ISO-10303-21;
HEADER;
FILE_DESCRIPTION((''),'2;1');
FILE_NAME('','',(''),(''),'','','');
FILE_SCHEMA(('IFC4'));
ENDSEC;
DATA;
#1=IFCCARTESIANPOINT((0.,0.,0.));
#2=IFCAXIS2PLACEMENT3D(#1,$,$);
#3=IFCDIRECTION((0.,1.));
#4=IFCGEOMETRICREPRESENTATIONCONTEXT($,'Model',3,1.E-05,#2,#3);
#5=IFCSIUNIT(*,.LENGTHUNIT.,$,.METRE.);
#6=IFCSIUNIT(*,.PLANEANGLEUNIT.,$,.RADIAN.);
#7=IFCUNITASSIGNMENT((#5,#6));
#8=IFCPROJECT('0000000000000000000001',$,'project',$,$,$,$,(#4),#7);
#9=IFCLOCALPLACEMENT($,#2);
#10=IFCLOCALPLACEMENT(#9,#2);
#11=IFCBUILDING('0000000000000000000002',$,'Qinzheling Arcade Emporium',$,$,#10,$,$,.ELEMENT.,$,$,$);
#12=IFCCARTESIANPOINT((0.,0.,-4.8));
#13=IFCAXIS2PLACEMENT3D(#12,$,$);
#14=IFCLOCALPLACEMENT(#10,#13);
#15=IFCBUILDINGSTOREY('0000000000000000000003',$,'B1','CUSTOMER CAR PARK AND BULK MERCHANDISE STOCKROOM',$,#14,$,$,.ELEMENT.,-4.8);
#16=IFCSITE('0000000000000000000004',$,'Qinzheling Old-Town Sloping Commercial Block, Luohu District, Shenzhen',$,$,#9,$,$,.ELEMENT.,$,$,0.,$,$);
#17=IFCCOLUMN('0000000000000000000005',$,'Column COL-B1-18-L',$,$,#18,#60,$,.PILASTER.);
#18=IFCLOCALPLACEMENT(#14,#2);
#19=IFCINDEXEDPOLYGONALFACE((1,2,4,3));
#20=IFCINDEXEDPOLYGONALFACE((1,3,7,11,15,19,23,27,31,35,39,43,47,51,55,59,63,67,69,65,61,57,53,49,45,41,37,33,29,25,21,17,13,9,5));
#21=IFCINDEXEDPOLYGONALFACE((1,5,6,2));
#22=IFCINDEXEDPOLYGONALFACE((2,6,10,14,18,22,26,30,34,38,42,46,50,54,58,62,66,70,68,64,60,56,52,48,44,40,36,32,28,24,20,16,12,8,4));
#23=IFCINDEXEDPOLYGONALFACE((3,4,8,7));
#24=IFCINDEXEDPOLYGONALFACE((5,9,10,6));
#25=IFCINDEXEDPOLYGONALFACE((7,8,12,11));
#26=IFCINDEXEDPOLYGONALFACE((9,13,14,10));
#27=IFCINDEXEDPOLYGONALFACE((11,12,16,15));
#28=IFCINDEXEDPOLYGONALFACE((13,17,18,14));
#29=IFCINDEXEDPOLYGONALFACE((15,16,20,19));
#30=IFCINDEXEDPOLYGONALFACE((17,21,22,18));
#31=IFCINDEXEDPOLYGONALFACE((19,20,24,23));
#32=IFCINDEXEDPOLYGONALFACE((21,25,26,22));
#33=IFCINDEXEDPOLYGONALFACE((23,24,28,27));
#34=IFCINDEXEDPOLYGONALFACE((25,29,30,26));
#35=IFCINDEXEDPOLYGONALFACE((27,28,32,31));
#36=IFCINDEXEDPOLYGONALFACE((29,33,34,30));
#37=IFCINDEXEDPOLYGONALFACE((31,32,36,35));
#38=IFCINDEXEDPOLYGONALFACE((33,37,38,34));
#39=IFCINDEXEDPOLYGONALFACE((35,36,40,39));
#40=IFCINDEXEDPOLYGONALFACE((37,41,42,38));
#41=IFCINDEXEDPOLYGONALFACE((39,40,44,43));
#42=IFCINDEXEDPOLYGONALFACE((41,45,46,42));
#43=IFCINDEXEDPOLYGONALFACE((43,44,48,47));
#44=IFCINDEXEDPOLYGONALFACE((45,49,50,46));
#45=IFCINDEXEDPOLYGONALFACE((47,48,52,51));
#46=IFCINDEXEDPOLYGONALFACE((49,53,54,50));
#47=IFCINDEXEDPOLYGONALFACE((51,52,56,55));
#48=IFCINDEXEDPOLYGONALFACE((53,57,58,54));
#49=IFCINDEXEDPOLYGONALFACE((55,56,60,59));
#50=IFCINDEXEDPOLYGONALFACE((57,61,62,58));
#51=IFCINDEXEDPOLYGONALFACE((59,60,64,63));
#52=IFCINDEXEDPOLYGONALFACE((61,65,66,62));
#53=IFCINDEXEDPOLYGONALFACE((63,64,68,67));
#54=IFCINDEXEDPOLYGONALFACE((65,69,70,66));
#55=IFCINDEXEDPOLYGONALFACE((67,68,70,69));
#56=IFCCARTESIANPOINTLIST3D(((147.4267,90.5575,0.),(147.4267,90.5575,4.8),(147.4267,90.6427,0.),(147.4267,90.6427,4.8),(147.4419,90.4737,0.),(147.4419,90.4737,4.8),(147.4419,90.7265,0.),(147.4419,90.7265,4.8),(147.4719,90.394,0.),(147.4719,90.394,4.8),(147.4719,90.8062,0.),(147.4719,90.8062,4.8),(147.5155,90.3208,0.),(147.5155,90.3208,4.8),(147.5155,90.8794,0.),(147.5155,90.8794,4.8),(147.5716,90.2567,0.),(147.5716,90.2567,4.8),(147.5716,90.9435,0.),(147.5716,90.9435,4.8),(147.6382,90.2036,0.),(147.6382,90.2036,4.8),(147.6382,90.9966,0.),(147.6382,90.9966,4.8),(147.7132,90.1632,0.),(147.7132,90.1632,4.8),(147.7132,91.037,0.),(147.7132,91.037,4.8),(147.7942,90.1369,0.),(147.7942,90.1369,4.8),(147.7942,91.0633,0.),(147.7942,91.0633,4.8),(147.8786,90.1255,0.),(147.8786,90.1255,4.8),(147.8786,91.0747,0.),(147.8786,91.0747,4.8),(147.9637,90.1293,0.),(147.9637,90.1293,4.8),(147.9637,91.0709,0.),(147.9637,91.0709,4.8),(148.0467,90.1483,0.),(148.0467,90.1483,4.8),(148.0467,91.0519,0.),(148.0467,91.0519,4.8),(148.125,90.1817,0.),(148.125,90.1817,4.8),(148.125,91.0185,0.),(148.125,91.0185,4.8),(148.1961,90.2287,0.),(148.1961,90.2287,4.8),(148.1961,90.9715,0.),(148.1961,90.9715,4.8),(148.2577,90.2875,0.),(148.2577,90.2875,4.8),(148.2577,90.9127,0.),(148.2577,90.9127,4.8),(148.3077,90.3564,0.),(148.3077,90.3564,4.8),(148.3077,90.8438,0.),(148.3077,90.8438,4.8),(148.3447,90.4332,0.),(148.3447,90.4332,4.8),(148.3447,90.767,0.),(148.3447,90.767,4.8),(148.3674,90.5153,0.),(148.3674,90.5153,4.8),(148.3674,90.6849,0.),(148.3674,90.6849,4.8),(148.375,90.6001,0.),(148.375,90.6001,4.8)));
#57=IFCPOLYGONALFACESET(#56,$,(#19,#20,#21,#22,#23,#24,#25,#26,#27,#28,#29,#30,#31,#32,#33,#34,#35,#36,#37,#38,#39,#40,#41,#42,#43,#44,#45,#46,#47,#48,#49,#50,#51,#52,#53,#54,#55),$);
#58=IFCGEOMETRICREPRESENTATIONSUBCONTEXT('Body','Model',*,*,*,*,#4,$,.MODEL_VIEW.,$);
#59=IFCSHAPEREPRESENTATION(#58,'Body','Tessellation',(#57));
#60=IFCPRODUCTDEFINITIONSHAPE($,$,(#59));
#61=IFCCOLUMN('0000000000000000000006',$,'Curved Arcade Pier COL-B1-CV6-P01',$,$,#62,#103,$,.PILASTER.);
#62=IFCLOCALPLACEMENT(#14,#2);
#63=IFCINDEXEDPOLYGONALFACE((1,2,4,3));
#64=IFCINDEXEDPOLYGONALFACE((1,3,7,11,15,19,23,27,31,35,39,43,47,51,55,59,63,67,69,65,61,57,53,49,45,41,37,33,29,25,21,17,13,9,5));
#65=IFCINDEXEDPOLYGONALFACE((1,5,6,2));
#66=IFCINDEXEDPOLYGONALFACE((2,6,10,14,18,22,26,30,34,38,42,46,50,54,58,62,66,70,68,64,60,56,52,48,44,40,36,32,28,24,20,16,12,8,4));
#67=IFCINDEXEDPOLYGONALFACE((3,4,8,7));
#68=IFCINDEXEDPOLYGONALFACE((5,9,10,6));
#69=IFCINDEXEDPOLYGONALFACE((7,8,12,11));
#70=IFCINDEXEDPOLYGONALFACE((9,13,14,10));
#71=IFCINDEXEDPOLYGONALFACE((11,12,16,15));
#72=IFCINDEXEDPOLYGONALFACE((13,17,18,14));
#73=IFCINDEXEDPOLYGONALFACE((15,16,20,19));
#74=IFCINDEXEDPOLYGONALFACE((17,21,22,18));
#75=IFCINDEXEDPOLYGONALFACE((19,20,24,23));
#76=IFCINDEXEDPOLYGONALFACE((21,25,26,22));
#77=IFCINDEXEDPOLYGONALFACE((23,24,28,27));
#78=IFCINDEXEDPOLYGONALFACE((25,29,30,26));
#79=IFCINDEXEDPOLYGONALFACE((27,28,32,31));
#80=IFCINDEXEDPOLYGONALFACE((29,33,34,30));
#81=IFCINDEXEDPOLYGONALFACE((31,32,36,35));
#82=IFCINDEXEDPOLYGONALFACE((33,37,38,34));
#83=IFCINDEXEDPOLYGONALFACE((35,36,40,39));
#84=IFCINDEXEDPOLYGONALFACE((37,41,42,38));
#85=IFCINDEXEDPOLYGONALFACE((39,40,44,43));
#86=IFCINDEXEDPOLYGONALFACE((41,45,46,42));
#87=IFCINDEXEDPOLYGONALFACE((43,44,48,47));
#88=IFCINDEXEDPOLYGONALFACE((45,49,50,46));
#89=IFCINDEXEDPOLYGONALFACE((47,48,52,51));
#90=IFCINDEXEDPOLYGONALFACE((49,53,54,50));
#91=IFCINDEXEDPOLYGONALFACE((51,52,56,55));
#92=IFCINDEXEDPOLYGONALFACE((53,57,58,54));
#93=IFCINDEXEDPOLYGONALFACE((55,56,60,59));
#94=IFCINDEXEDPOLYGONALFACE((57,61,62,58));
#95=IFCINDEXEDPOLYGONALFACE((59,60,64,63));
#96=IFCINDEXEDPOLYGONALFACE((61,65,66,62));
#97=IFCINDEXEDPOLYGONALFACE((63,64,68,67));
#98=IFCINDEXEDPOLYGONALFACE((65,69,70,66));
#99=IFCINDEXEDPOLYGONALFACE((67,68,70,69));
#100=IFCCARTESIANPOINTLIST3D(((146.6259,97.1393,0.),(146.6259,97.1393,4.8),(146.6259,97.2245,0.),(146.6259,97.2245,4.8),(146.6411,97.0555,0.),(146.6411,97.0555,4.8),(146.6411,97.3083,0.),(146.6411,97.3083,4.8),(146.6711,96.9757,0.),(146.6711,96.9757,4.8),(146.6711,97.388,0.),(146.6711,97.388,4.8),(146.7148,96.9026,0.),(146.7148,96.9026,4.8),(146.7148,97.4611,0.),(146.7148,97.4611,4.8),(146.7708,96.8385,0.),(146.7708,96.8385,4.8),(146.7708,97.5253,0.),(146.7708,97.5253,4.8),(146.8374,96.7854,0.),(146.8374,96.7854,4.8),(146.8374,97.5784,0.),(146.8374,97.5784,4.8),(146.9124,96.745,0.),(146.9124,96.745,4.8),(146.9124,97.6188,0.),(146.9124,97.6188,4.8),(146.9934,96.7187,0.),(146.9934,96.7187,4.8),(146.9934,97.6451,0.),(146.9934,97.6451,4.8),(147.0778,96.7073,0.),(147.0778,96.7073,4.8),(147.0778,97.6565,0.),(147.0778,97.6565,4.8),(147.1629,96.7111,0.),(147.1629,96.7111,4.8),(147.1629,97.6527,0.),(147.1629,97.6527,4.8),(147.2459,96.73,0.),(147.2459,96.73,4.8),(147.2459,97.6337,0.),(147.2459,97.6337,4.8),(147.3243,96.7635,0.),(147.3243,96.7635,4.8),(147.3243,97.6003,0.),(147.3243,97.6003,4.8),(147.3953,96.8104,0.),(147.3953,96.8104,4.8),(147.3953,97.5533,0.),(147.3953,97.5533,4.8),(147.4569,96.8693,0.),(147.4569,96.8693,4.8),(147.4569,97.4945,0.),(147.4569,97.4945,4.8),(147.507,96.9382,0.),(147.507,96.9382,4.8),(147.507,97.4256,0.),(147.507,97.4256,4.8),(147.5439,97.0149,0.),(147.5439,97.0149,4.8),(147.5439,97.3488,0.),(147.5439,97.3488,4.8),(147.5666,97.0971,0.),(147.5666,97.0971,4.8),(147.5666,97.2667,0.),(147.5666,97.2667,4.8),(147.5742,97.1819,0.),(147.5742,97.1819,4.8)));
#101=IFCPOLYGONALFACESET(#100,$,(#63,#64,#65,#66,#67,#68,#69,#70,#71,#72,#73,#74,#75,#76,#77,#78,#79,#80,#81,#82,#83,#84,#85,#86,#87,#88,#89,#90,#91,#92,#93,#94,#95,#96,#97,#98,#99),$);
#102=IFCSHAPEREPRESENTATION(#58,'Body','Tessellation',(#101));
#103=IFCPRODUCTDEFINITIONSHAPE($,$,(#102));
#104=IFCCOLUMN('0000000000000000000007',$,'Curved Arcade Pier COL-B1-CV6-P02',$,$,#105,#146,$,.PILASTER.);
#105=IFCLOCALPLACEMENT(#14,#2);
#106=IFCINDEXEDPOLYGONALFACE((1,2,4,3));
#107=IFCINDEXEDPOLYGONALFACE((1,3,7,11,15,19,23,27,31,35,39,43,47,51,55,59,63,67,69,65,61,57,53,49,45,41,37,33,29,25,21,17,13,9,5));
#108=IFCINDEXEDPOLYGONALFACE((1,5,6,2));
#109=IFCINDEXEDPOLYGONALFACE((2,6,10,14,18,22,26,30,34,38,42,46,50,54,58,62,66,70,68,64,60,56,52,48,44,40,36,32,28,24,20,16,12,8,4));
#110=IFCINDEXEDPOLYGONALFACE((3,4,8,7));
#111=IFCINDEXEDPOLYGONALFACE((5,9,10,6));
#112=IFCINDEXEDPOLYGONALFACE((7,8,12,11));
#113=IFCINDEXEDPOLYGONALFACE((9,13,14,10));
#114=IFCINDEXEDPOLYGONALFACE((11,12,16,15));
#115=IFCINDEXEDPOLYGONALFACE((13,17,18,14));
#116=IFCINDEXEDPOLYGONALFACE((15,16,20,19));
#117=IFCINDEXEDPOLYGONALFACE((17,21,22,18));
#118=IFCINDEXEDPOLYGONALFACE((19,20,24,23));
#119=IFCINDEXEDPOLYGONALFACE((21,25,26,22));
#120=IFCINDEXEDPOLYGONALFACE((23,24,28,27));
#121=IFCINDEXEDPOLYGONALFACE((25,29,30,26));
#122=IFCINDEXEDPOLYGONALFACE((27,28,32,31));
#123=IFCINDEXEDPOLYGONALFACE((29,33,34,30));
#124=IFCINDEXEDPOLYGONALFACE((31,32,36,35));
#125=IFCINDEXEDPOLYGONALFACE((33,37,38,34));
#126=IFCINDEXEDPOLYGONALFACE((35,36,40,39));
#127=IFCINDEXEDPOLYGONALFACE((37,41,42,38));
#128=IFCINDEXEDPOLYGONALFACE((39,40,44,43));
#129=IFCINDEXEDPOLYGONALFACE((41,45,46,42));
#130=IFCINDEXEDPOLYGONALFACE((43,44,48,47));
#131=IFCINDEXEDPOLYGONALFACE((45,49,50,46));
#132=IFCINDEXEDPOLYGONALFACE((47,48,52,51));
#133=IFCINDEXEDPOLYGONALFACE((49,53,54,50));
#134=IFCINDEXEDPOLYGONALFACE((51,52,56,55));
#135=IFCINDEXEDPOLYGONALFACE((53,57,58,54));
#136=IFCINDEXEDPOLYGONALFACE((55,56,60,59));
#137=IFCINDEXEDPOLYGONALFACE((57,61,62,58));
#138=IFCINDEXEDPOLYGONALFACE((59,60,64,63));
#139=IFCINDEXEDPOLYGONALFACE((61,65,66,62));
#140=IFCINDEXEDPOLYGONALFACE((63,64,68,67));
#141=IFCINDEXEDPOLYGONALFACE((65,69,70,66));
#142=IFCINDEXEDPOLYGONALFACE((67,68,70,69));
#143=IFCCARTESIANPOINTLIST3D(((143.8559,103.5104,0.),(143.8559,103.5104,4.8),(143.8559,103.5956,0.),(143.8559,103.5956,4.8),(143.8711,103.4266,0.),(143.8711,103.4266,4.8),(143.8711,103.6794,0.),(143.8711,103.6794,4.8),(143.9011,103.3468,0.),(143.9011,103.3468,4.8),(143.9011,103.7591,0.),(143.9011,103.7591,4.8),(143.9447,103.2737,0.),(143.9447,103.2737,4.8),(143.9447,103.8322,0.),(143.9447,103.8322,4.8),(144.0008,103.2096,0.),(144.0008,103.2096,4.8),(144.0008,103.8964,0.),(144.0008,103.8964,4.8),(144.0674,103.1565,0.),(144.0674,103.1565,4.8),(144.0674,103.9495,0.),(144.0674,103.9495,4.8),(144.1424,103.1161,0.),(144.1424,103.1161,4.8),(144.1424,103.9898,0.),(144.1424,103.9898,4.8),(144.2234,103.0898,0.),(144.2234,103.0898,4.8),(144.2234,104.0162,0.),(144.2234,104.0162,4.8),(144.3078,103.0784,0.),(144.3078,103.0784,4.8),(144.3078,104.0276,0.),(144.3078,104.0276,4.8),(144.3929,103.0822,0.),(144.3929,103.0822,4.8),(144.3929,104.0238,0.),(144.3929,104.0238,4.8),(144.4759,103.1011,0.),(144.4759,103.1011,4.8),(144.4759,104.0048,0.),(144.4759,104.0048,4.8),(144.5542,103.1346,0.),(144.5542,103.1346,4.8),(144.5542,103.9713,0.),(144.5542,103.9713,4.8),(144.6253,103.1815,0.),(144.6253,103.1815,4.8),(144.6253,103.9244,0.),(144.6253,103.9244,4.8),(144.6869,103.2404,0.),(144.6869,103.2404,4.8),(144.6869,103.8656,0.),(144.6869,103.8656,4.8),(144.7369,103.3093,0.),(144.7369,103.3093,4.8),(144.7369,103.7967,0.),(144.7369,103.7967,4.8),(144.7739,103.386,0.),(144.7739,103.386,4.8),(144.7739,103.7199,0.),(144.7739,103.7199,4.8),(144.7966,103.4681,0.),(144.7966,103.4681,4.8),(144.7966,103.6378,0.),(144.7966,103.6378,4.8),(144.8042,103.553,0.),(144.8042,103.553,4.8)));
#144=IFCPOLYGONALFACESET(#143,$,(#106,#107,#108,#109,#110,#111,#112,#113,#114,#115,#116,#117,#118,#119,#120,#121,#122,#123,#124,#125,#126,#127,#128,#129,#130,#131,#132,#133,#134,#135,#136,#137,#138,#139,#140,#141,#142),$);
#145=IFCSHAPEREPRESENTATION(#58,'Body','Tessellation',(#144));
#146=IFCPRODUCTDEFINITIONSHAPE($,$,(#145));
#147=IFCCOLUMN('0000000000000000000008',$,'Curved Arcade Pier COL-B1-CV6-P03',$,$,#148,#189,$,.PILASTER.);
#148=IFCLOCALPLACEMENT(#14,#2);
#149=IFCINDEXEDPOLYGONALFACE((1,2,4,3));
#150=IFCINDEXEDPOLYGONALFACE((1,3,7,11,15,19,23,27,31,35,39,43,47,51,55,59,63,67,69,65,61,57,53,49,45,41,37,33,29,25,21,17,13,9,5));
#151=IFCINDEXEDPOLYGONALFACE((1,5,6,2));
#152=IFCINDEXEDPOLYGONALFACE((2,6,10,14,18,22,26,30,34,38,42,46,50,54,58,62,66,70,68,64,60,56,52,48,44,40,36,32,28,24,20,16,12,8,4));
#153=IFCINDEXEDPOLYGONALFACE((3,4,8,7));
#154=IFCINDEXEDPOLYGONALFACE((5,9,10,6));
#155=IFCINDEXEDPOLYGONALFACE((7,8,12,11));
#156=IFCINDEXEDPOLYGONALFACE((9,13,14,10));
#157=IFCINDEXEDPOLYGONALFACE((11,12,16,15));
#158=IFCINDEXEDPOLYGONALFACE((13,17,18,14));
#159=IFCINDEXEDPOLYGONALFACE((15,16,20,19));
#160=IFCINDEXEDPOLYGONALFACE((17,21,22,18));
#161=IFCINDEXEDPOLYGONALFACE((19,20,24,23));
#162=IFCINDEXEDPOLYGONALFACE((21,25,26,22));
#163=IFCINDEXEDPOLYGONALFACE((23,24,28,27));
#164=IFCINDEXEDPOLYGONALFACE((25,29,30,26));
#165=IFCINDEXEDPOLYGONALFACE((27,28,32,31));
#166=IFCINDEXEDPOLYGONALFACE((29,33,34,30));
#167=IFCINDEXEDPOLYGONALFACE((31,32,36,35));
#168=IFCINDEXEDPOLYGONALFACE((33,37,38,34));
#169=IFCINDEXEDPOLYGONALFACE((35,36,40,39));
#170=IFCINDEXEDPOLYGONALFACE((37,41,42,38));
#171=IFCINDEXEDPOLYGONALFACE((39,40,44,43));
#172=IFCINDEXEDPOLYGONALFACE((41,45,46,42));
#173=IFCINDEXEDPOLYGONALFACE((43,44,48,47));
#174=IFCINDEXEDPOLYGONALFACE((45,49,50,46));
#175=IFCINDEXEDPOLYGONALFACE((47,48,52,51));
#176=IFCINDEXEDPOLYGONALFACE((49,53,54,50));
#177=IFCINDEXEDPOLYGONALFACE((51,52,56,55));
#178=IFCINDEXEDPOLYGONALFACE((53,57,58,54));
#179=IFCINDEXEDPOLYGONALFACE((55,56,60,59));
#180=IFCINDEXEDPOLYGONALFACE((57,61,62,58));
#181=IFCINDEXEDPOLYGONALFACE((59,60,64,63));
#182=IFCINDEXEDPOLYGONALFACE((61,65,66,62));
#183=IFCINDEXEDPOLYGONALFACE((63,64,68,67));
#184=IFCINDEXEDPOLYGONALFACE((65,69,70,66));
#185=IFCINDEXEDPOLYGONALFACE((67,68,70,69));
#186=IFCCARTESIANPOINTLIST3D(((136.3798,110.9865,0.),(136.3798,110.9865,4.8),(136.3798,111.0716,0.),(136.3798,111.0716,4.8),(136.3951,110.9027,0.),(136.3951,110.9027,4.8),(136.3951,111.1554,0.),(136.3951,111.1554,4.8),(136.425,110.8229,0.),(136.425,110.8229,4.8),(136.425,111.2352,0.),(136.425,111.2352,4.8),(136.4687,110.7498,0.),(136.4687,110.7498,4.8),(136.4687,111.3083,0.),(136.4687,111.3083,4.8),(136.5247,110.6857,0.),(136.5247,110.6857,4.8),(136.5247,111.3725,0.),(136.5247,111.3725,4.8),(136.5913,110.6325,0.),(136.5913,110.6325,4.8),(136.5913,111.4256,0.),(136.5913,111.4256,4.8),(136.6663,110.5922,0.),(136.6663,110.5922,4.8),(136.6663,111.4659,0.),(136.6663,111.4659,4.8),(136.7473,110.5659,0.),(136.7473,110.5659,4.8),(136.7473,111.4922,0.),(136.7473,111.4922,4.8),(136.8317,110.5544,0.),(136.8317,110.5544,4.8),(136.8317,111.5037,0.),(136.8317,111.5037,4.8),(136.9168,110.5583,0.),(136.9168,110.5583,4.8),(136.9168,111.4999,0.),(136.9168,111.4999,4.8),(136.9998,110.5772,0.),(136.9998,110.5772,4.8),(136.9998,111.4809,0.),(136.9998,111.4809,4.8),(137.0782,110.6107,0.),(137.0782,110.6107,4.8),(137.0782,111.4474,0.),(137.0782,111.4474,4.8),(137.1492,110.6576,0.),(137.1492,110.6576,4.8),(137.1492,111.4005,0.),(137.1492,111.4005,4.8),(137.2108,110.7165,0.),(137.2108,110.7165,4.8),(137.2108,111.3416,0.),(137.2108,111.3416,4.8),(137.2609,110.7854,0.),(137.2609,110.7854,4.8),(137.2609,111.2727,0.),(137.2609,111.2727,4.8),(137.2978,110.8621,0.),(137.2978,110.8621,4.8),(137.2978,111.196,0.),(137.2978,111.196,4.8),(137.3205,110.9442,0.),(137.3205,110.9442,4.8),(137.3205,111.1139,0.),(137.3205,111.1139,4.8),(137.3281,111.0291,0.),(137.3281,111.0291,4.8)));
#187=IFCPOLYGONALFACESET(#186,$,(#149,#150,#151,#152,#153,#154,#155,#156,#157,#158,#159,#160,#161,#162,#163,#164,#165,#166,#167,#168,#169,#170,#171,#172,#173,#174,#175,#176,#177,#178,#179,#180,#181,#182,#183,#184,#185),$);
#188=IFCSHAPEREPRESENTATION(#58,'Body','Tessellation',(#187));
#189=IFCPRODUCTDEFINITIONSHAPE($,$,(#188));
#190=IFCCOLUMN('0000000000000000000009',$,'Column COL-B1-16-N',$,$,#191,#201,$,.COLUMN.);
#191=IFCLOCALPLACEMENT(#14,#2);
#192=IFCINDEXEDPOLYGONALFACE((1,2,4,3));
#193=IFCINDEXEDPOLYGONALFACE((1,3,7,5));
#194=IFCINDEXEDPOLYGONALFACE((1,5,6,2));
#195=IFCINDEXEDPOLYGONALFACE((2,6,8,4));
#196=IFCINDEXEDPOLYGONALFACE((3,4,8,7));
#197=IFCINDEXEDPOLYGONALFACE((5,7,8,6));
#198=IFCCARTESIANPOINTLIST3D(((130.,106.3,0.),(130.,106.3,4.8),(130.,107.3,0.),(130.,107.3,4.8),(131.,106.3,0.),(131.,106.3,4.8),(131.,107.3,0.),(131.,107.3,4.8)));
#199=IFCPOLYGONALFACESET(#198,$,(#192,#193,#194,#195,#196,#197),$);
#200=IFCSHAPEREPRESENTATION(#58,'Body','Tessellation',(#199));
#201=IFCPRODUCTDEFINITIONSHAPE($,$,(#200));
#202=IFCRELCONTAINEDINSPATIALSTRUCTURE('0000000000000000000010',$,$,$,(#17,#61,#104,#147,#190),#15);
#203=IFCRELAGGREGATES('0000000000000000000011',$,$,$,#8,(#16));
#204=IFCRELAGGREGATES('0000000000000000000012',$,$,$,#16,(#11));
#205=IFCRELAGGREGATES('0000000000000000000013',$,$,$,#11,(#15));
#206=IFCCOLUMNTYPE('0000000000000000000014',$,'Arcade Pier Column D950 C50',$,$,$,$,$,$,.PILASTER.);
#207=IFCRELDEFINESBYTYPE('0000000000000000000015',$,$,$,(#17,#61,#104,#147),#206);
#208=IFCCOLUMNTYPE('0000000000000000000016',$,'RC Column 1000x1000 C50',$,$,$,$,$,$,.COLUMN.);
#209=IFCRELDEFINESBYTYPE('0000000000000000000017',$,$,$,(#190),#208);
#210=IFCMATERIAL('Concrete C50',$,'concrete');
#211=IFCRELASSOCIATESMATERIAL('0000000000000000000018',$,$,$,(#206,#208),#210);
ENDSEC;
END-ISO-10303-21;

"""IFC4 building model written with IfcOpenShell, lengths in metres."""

from ifc_helpers import new_model, si_unit, direction, frame, origin, origin_2d, place, context, subcontext, project, spatial, rectangle, circle, extrude, material, material_profile, profile_set, type_object, element, save


model = new_model("IFC4")

# Units and contexts
model_context = context("Model", 3, precision=1e-05, world=origin(), true_north=direction((0.0, 1.0)))
body_context = subcontext(model_context, "Body", "Model", "MODEL_VIEW")
ifc_project = project(units=[si_unit("LENGTHUNIT", "METRE"), si_unit("PLANEANGLEUNIT", "RADIAN")], contexts=[model_context])

# Site, building, storey
site_placement = place(None, origin())
site = spatial("IfcSite", under=ifc_project, at=site_placement, Name="Qinzheling Old-Town Sloping Commercial Block, Luohu District, Shenzhen", CompositionType="ELEMENT", RefElevation=0.0)
building_placement = place(site_placement, origin())
building = spatial("IfcBuilding", under=site, at=building_placement, Name="Qinzheling Arcade Emporium", CompositionType="ELEMENT")
storey_placement = place(building_placement, frame((0.0, 0.0, -4.8)))
storey = spatial("IfcBuildingStorey", under=building, at=storey_placement, Name="B1", Description="CUSTOMER CAR PARK AND BULK MERCHANDISE STOCKROOM", CompositionType="ELEMENT", Elevation=-4.8)

# Columns
ifc_material_1 = material(Name="Concrete C50", Category="concrete")
ifc_material_profile_1 = material_profile(ifc_material_1, circle(Radius=0.4751, at=origin_2d()), Name="RC D950", Category="concrete")
ifc_profile_set_1 = profile_set([ifc_material_profile_1], Name="Concrete C50")
column_type_1 = type_object("IfcColumnType", Name="Arcade Pier Column D950 C50", PredefinedType="PILASTER", material=ifc_profile_set_1)
for number, where, z_axis, x_axis, name in (
    (1, (147.8999, 90.6001, 0.0), (0.0, 0.0, 1.0), (1.0, 0.0, 0.0), "Column COL-B1-18-L"),
    (2, (147.0991, 97.1819, 0.0), (0.0, 0.0, 1.0), (1.0, 0.0, 0.0), "Curved Arcade Pier COL-B1-CV6-P01"),
    (3, (144.3291, 103.553, 0.0), (0.0, 0.0, 1.0), (1.0, 0.0, 0.0), "Curved Arcade Pier COL-B1-CV6-P02"),
    (4, (136.853, 111.0291, 0.0), (0.0, 0.0, 1.0), (1.0, 0.0, 0.0), "Curved Arcade Pier COL-B1-CV6-P03"),
):
    element("IfcColumn", number, at=place(storey_placement, frame(where, z_axis=z_axis, x_axis=x_axis)), inside=storey, type_object=column_type_1, Name=name, PredefinedType="PILASTER", context=body_context, shape_type="SweptSolid", body=[
        extrude(circle(Radius=0.4751, at=origin_2d()), origin(), (0.0, 0.0, 1.0), 4.8),
    ])
ifc_material_profile_2 = material_profile(ifc_material_1, rectangle(XDim=1.0, YDim=1.0, at=origin_2d()), Name="RC 1000x1000", Category="concrete")
ifc_profile_set_2 = profile_set([ifc_material_profile_2], Name="Concrete C50")
column_type_2 = type_object("IfcColumnType", Name="RC Column 1000x1000 C50", PredefinedType="COLUMN", material=ifc_profile_set_2)
column_placement = place(storey_placement, frame((130.5, 106.8, 0.0), z_axis=(0.0, 0.0, 1.0), x_axis=(1.0, 0.0, 0.0)))
element("IfcColumn", 5, at=column_placement, inside=storey, type_object=column_type_2, Name="Column COL-B1-16-N", PredefinedType="COLUMN", context=body_context, shape_type="SweptSolid", body=[
    extrude(rectangle(XDim=1.0, YDim=1.0, at=origin_2d()), origin(), (0.0, 0.0, 1.0), 4.8),
])

save(model, "model.ifc")
